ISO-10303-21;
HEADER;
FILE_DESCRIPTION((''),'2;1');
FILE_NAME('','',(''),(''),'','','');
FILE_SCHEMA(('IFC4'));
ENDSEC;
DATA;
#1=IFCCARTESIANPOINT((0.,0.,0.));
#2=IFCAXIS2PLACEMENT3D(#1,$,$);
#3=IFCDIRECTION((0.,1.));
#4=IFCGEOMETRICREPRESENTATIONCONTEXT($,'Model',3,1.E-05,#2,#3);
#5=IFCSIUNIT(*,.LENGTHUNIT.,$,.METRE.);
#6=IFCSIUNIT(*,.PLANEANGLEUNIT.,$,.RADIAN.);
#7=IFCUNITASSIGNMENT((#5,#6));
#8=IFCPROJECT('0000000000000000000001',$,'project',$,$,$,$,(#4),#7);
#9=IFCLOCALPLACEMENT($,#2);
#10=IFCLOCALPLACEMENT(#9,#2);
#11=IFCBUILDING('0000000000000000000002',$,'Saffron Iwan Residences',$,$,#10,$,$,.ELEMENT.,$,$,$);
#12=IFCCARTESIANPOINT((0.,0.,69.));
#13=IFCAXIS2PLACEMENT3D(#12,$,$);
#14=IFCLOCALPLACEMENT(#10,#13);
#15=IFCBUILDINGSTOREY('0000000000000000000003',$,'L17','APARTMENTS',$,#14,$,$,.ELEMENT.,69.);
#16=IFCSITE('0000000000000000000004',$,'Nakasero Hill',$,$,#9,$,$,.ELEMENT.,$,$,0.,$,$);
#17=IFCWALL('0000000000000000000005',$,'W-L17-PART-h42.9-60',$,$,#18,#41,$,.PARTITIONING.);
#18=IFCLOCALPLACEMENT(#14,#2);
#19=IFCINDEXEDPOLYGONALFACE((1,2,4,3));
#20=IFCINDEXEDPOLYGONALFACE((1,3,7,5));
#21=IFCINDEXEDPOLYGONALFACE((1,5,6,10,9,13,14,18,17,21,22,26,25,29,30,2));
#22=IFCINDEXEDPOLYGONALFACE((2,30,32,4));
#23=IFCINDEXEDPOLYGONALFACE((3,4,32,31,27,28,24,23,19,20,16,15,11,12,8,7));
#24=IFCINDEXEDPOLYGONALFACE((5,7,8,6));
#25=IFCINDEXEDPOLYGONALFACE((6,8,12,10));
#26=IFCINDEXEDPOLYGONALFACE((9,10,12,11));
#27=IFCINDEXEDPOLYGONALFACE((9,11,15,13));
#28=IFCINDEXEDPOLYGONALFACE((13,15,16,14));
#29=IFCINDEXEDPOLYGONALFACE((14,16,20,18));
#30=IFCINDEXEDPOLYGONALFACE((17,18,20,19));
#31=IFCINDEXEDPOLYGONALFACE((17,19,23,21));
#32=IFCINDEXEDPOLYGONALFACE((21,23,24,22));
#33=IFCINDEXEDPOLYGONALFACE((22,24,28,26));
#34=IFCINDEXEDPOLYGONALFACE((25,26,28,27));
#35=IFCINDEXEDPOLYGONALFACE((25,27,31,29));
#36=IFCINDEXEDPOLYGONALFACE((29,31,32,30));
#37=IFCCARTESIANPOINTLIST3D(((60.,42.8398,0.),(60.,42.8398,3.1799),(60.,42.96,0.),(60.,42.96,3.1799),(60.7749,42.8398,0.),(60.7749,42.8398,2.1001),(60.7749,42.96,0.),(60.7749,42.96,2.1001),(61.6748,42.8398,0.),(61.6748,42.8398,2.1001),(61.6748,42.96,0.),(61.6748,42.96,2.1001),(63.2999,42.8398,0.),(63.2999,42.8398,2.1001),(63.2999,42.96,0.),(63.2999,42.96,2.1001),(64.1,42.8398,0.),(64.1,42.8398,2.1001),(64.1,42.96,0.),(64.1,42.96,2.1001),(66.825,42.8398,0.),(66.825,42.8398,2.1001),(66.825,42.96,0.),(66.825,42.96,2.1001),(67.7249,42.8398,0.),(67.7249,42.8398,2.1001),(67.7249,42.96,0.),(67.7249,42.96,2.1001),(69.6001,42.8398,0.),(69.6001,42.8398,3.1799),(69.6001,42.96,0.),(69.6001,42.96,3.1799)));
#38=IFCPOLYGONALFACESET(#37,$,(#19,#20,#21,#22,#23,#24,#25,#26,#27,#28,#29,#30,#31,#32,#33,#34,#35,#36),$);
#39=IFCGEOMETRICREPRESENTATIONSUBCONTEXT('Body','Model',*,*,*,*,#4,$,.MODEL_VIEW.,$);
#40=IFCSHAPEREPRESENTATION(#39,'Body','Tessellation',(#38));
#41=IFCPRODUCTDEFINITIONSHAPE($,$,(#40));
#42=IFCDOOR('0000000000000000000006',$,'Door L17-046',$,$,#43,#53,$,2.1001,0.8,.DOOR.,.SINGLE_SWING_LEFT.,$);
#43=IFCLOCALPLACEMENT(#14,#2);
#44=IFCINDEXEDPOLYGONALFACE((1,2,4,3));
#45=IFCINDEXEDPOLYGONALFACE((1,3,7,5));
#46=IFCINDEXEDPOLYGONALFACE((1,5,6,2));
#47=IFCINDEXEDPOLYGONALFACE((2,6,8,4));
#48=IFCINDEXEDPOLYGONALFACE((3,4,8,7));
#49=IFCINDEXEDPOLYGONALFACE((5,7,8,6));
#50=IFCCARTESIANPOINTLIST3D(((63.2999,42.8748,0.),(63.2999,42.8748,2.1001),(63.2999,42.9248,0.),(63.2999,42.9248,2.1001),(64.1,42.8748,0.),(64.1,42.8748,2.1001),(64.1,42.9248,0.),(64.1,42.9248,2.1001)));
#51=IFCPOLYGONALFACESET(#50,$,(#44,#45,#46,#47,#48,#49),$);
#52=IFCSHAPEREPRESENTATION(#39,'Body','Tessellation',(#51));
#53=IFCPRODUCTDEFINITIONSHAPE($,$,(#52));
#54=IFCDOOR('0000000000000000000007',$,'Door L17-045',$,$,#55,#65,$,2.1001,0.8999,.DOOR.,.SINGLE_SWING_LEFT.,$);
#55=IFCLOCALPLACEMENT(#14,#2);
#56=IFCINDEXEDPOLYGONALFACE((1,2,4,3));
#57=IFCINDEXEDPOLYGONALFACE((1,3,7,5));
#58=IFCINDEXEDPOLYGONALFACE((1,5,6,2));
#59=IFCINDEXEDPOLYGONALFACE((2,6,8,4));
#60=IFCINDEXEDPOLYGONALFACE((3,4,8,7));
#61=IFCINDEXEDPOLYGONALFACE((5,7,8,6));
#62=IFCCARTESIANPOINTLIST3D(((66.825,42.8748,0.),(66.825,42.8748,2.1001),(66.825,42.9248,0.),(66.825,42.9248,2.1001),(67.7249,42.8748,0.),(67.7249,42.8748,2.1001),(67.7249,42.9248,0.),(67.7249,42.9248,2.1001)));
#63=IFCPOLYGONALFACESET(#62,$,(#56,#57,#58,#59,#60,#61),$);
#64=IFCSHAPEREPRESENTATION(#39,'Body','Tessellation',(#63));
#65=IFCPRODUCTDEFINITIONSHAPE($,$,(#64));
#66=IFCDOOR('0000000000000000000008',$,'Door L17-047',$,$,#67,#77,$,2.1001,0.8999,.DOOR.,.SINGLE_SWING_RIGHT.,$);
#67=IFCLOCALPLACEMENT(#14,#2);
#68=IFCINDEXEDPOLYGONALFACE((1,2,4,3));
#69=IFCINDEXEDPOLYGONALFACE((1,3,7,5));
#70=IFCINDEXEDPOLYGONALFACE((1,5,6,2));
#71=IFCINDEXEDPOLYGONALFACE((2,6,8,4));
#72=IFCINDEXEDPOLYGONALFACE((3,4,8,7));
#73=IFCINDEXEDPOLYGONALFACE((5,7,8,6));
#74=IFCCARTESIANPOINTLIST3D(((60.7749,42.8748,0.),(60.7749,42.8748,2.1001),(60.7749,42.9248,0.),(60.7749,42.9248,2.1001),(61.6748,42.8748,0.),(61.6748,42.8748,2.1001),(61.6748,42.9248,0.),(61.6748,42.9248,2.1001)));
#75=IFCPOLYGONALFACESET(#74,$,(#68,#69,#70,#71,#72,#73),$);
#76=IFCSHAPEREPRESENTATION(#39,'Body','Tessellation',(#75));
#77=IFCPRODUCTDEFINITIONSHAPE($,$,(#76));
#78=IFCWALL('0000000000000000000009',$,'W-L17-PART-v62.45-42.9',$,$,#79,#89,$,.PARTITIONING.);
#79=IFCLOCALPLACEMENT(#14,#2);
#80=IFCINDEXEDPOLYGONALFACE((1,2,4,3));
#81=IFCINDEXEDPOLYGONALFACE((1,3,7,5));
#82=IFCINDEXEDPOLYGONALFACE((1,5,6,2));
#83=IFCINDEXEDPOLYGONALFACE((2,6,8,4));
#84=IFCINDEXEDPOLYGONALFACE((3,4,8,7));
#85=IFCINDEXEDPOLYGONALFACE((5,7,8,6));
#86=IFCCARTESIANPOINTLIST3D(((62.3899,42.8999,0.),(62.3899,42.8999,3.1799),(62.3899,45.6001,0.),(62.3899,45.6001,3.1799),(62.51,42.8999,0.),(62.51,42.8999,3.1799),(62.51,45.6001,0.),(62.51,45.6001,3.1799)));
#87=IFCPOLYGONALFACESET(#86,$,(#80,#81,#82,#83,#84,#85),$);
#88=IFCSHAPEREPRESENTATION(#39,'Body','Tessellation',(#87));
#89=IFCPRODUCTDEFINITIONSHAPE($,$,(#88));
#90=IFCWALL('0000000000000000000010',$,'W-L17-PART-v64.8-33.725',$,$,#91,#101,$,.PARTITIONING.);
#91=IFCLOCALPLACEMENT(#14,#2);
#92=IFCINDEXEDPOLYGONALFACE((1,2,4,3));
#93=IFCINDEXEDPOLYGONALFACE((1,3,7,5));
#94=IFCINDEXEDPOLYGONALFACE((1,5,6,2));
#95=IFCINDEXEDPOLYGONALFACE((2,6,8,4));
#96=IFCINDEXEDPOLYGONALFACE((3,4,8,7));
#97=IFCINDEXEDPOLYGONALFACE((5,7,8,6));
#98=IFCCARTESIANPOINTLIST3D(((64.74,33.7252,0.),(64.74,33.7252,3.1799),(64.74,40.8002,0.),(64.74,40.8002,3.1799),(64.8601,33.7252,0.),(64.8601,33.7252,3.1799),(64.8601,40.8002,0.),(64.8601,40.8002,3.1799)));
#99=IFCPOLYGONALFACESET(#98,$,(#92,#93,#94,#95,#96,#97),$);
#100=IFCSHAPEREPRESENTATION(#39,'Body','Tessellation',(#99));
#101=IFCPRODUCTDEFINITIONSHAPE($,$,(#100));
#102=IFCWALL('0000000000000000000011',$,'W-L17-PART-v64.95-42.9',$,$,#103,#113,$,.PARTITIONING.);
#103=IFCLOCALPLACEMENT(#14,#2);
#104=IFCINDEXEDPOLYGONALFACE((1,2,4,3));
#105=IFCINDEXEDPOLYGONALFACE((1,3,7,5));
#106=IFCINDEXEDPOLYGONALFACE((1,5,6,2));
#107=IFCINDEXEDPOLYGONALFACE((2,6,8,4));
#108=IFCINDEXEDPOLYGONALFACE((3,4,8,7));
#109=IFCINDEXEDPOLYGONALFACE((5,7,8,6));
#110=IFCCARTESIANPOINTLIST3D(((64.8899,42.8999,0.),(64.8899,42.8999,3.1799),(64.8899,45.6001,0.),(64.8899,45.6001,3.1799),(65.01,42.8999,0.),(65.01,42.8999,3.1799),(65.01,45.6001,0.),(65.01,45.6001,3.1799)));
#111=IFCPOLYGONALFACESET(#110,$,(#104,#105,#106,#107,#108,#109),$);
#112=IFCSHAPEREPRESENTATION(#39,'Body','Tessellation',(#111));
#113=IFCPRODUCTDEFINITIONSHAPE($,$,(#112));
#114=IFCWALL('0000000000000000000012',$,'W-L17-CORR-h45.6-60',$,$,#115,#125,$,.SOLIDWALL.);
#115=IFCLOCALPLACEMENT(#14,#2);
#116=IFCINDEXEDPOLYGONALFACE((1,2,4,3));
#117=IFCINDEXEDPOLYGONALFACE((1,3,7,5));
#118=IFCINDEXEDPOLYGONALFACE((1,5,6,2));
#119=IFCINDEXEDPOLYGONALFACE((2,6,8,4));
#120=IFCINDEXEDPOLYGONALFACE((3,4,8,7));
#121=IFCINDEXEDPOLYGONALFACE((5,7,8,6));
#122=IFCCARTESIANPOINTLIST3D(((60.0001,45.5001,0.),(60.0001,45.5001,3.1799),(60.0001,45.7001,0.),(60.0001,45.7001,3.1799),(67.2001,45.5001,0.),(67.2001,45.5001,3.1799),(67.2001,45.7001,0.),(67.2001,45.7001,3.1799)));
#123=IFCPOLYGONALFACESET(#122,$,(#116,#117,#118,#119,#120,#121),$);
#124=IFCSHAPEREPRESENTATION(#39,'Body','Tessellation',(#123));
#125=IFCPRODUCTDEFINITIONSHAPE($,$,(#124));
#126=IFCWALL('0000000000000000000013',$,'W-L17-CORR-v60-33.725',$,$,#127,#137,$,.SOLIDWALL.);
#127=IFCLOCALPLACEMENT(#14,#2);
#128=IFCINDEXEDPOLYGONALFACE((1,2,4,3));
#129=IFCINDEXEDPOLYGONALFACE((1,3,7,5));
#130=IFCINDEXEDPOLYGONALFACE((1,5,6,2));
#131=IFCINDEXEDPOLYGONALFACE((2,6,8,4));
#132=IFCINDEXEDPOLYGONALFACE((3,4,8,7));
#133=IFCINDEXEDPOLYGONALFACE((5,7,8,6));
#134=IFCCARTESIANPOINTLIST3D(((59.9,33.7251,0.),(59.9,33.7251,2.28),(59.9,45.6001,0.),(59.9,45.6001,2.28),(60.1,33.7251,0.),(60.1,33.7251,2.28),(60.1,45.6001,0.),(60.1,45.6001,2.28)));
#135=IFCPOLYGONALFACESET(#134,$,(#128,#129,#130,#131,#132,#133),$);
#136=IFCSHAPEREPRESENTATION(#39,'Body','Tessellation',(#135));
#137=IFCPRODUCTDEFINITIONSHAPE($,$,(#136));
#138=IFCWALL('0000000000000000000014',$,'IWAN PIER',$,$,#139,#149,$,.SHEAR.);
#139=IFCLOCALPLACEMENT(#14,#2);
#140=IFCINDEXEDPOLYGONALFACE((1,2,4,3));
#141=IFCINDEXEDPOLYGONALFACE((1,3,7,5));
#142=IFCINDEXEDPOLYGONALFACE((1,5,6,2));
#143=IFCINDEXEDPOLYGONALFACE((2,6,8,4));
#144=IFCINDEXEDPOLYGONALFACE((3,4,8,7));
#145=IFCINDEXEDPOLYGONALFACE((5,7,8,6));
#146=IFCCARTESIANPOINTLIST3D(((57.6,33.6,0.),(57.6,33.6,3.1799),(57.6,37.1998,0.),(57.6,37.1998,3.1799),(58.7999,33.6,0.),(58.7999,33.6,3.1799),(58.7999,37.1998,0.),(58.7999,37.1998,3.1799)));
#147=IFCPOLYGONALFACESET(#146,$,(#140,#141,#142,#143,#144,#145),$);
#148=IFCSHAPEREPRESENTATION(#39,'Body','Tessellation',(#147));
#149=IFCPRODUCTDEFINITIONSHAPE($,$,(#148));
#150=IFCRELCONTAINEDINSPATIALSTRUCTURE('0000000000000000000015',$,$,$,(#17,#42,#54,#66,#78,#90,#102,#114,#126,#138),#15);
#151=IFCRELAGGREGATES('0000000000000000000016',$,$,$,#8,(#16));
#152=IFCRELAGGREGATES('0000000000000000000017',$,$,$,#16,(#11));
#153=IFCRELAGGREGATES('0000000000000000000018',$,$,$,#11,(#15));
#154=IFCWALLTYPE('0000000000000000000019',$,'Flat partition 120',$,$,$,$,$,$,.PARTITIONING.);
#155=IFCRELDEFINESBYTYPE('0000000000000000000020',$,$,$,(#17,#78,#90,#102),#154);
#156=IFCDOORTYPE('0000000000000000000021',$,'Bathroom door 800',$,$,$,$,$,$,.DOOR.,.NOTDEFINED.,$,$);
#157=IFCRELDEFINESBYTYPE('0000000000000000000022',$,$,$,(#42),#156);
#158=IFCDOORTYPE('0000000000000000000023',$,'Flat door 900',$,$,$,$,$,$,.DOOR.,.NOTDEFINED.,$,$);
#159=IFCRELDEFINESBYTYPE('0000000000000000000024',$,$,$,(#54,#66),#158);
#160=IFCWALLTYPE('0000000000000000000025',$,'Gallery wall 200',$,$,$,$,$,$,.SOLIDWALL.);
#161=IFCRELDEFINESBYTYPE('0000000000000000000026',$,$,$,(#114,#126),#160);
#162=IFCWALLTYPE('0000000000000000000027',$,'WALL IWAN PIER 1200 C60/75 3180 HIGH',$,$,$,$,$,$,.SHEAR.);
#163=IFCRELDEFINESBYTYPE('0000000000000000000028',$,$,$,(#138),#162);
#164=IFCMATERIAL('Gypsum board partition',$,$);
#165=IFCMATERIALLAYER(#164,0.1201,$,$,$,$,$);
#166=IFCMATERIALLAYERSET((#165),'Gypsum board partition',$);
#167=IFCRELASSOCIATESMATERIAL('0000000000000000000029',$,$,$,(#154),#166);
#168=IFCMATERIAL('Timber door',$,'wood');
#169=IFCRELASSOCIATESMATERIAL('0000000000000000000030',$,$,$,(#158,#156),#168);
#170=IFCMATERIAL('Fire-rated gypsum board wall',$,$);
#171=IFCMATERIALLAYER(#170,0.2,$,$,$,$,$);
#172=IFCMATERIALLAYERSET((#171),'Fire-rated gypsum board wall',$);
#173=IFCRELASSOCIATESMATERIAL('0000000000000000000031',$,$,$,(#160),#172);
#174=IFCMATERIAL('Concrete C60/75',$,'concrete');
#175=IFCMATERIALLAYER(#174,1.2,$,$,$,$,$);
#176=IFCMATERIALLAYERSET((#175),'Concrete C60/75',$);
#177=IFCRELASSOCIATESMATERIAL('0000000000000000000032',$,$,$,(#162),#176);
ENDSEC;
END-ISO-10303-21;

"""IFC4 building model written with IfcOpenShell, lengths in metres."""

from ifc_helpers import new_model, si_unit, direction, frame, frame_2d, origin, place, context, subcontext, project, spatial, rectangle, extrude, material, layer, layer_set, type_object, element, fill, save


model = new_model("IFC4")

# Units and contexts
model_context = context("Model", 3, precision=1e-05, world=origin(), true_north=direction((0.0, 1.0)))
body_context = subcontext(model_context, "Body", "Model", "MODEL_VIEW")
ifc_project = project(units=[si_unit("LENGTHUNIT", "METRE"), si_unit("PLANEANGLEUNIT", "RADIAN")], contexts=[model_context])

# Site, building, storey
site_placement = place(None, origin())
site = spatial("IfcSite", under=ifc_project, at=site_placement, Name="Nakasero Hill", CompositionType="ELEMENT", RefElevation=0.0)
building_placement = place(site_placement, origin())
building = spatial("IfcBuilding", under=site, at=building_placement, Name="Saffron Iwan Residences", CompositionType="ELEMENT")
storey_placement = place(building_placement, frame((0.0, 0.0, 69.0)))
storey = spatial("IfcBuildingStorey", under=building, at=storey_placement, Name="L17", Description="APARTMENTS", CompositionType="ELEMENT", Elevation=69.0)

# Shared definitions
ifc_material_1 = material(Name="Concrete C60/75", Category="concrete")

# Wall, openings, doors
ifc_material_2 = material(Name="Gypsum board partition")
ifc_layer_1 = layer(ifc_material_2, 0.1201)
ifc_layer_set_1 = layer_set([ifc_layer_1], Name="Gypsum board partition")
wall_type_1 = type_object("IfcWallType", Name="Flat partition 120", PredefinedType="PARTITIONING", material=ifc_layer_set_1)
ifc_material_3 = material(Name="Timber door", Category="wood")
door_type_1 = type_object("IfcDoorType", Name="Flat door 900", OperationType="NOTDEFINED", PredefinedType="DOOR", material=ifc_material_3)
wall_1_placement = place(storey_placement, frame((60.0, 42.8999, 0.0), z_axis=(0.0, 0.0, 1.0), x_axis=(1.0, 0.0, 0.0)))
wall_1 = element("IfcWall", 1, at=wall_1_placement, inside=storey, type_object=wall_type_1, Name="W-L17-PART-h42.9-60", PredefinedType="PARTITIONING", context=body_context, shape_type="SweptSolid", body=[
    extrude(rectangle(XDim=9.6001, YDim=0.1201, at=frame_2d((4.8, 0.0))), origin(), (0.0, 0.0, 1.0), 3.1799),
])
opening_1_placement = place(wall_1_placement, frame((6.825, 0.0, 0.0)))
opening_1 = element("IfcOpeningElement", 2, at=opening_1_placement, cuts=wall_1, PredefinedType="OPENING", context=body_context, shape_type="SweptSolid", body=[
    extrude(rectangle(XDim=0.8999, YDim=2.1001, at=frame_2d((0.45, 1.05))), frame((0.0, 0.0701, 0.0), z_axis=(0.0, -1.0, 0.0), x_axis=(1.0, 0.0, 0.0)), (0.0, 0.0, 1.0), 0.1401),
])
opening_2_placement = place(wall_1_placement, frame((3.3, 0.0, 0.0)))
opening_2 = element("IfcOpeningElement", 3, at=opening_2_placement, cuts=wall_1, PredefinedType="OPENING", context=body_context, shape_type="SweptSolid", body=[
    extrude(rectangle(XDim=0.8, YDim=2.1001, at=frame_2d((0.3999, 1.05))), frame((0.0, 0.0701, 0.0), z_axis=(0.0, -1.0, 0.0), x_axis=(1.0, 0.0, 0.0)), (0.0, 0.0, 1.0), 0.1401),
])
opening_3_placement = place(wall_1_placement, frame((0.7749, 0.0, 0.0)))
opening_3 = element("IfcOpeningElement", 4, at=opening_3_placement, cuts=wall_1, PredefinedType="OPENING", context=body_context, shape_type="SweptSolid", body=[
    extrude(rectangle(XDim=0.8999, YDim=2.1001, at=frame_2d((0.45, 1.05))), frame((0.0, 0.0701, 0.0), z_axis=(0.0, -1.0, 0.0), x_axis=(1.0, 0.0, 0.0)), (0.0, 0.0, 1.0), 0.1401),
])
door_type_2 = type_object("IfcDoorType", Name="Bathroom door 800", OperationType="NOTDEFINED", PredefinedType="DOOR", material=ifc_material_3)
door_1_placement = place(opening_2_placement, origin())
door_1 = element("IfcDoor", 5, at=door_1_placement, inside=storey, type_object=door_type_2, Name="Door L17-046", OperationType="SINGLE_SWING_LEFT", OverallHeight=2.1001, OverallWidth=0.8, PredefinedType="DOOR", context=body_context, shape_type="SweptSolid", body=[
    extrude(rectangle(XDim=0.8, YDim=2.1001, at=frame_2d((0.3999, 1.05))), frame((0.0, 0.0249, 0.0), z_axis=(0.0, -1.0, 0.0), x_axis=(1.0, 0.0, 0.0)), (0.0, 0.0, 1.0), 0.05),
])
fill(opening_2, door_1)
door_2_placement = place(opening_1_placement, origin())
door_2 = element("IfcDoor", 6, at=door_2_placement, inside=storey, type_object=door_type_1, Name="Door L17-045", OperationType="SINGLE_SWING_LEFT", OverallHeight=2.1001, OverallWidth=0.8999, PredefinedType="DOOR", context=body_context, shape_type="SweptSolid", body=[
    extrude(rectangle(XDim=0.8999, YDim=2.1001, at=frame_2d((0.45, 1.05))), frame((0.0, 0.0249, 0.0), z_axis=(0.0, -1.0, 0.0), x_axis=(1.0, 0.0, 0.0)), (0.0, 0.0, 1.0), 0.05),
])
fill(opening_1, door_2)
door_3_placement = place(opening_3_placement, origin())
door_3 = element("IfcDoor", 7, at=door_3_placement, inside=storey, type_object=door_type_1, Name="Door L17-047", OperationType="SINGLE_SWING_RIGHT", OverallHeight=2.1001, OverallWidth=0.8999, PredefinedType="DOOR", context=body_context, shape_type="SweptSolid", body=[
    extrude(rectangle(XDim=0.8999, YDim=2.1001, at=frame_2d((0.45, 1.05))), frame((0.0, 0.0249, 0.0), z_axis=(0.0, -1.0, 0.0), x_axis=(1.0, 0.0, 0.0)), (0.0, 0.0, 1.0), 0.05),
])
fill(opening_3, door_3)

# Walls
wall_2_placement = place(storey_placement, frame((62.45, 42.8999, 0.0), z_axis=(0.0, 0.0, 1.0), x_axis=(0.0, 1.0, 0.0)))
element("IfcWall", 8, at=wall_2_placement, inside=storey, type_object=wall_type_1, Name="W-L17-PART-v62.45-42.9", PredefinedType="PARTITIONING", context=body_context, shape_type="SweptSolid", body=[
    extrude(rectangle(XDim=2.7002, YDim=0.1201, at=frame_2d((1.3501, 0.0))), origin(), (0.0, 0.0, 1.0), 3.1799),
])
wall_3_placement = place(storey_placement, frame((64.8, 33.7251, 0.0), z_axis=(0.0, 0.0, 1.0), x_axis=(0.0, 1.0, 0.0)))
element("IfcWall", 9, at=wall_3_placement, inside=storey, type_object=wall_type_1, Name="W-L17-PART-v64.8-33.725", PredefinedType="PARTITIONING", context=body_context, shape_type="SweptSolid", body=[
    extrude(rectangle(XDim=7.075, YDim=0.1201, at=frame_2d((3.5376, 0.0))), origin(), (0.0, 0.0, 1.0), 3.1799),
])
wall_4_placement = place(storey_placement, frame((64.95, 42.8999, 0.0), z_axis=(0.0, 0.0, 1.0), x_axis=(0.0, 1.0, 0.0)))
element("IfcWall", 10, at=wall_4_placement, inside=storey, type_object=wall_type_1, Name="W-L17-PART-v64.95-42.9", PredefinedType="PARTITIONING", context=body_context, shape_type="SweptSolid", body=[
    extrude(rectangle(XDim=2.7002, YDim=0.1201, at=frame_2d((1.3501, 0.0))), origin(), (0.0, 0.0, 1.0), 3.1799),
])
ifc_material_4 = material(Name="Fire-rated gypsum board wall")
ifc_layer_2 = layer(ifc_material_4, 0.2)
ifc_layer_set_2 = layer_set([ifc_layer_2], Name="Fire-rated gypsum board wall")
wall_type_2 = type_object("IfcWallType", Name="Gallery wall 200", PredefinedType="SOLIDWALL", material=ifc_layer_set_2)
wall_5_placement = place(storey_placement, frame((60.0, 45.6001, 0.0), z_axis=(0.0, 0.0, 1.0), x_axis=(1.0, 0.0, 0.0)))
element("IfcWall", 11, at=wall_5_placement, inside=storey, type_object=wall_type_2, Name="W-L17-CORR-h45.6-60", PredefinedType="SOLIDWALL", context=body_context, shape_type="SweptSolid", body=[
    extrude(rectangle(XDim=7.2, YDim=0.2, at=frame_2d((3.6001, 0.0))), origin(), (0.0, 0.0, 1.0), 3.1799),
])
wall_6_placement = place(storey_placement, frame((60.0, 33.7251, 0.0), z_axis=(0.0, 0.0, 1.0), x_axis=(0.0, 1.0, 0.0)))
element("IfcWall", 12, at=wall_6_placement, inside=storey, type_object=wall_type_2, Name="W-L17-CORR-v60-33.725", PredefinedType="SOLIDWALL", context=body_context, shape_type="SweptSolid", body=[
    extrude(rectangle(XDim=11.875, YDim=0.2, at=frame_2d((5.9375, 0.0))), origin(), (0.0, 0.0, 1.0), 2.28),
])
ifc_layer_3 = layer(ifc_material_1, 1.2)
ifc_layer_set_3 = layer_set([ifc_layer_3], Name="Concrete C60/75")
wall_type_3 = type_object("IfcWallType", Name="WALL IWAN PIER 1200 C60/75 3180 HIGH", PredefinedType="SHEAR", material=ifc_layer_set_3)
wall_7_placement = place(storey_placement, frame((58.2, 33.6001, 0.0), z_axis=(0.0, 0.0, 1.0), x_axis=(0.0, 1.0, 0.0)))
element("IfcWall", 13, at=wall_7_placement, inside=storey, type_object=wall_type_3, Name="IWAN PIER", PredefinedType="SHEAR", context=body_context, shape_type="SweptSolid", body=[
    extrude(rectangle(XDim=3.5999, YDim=1.2, at=frame_2d((1.7998, 0.0))), origin(), (0.0, 0.0, 1.0), 3.1799),
])

save(model, "model.ifc")
